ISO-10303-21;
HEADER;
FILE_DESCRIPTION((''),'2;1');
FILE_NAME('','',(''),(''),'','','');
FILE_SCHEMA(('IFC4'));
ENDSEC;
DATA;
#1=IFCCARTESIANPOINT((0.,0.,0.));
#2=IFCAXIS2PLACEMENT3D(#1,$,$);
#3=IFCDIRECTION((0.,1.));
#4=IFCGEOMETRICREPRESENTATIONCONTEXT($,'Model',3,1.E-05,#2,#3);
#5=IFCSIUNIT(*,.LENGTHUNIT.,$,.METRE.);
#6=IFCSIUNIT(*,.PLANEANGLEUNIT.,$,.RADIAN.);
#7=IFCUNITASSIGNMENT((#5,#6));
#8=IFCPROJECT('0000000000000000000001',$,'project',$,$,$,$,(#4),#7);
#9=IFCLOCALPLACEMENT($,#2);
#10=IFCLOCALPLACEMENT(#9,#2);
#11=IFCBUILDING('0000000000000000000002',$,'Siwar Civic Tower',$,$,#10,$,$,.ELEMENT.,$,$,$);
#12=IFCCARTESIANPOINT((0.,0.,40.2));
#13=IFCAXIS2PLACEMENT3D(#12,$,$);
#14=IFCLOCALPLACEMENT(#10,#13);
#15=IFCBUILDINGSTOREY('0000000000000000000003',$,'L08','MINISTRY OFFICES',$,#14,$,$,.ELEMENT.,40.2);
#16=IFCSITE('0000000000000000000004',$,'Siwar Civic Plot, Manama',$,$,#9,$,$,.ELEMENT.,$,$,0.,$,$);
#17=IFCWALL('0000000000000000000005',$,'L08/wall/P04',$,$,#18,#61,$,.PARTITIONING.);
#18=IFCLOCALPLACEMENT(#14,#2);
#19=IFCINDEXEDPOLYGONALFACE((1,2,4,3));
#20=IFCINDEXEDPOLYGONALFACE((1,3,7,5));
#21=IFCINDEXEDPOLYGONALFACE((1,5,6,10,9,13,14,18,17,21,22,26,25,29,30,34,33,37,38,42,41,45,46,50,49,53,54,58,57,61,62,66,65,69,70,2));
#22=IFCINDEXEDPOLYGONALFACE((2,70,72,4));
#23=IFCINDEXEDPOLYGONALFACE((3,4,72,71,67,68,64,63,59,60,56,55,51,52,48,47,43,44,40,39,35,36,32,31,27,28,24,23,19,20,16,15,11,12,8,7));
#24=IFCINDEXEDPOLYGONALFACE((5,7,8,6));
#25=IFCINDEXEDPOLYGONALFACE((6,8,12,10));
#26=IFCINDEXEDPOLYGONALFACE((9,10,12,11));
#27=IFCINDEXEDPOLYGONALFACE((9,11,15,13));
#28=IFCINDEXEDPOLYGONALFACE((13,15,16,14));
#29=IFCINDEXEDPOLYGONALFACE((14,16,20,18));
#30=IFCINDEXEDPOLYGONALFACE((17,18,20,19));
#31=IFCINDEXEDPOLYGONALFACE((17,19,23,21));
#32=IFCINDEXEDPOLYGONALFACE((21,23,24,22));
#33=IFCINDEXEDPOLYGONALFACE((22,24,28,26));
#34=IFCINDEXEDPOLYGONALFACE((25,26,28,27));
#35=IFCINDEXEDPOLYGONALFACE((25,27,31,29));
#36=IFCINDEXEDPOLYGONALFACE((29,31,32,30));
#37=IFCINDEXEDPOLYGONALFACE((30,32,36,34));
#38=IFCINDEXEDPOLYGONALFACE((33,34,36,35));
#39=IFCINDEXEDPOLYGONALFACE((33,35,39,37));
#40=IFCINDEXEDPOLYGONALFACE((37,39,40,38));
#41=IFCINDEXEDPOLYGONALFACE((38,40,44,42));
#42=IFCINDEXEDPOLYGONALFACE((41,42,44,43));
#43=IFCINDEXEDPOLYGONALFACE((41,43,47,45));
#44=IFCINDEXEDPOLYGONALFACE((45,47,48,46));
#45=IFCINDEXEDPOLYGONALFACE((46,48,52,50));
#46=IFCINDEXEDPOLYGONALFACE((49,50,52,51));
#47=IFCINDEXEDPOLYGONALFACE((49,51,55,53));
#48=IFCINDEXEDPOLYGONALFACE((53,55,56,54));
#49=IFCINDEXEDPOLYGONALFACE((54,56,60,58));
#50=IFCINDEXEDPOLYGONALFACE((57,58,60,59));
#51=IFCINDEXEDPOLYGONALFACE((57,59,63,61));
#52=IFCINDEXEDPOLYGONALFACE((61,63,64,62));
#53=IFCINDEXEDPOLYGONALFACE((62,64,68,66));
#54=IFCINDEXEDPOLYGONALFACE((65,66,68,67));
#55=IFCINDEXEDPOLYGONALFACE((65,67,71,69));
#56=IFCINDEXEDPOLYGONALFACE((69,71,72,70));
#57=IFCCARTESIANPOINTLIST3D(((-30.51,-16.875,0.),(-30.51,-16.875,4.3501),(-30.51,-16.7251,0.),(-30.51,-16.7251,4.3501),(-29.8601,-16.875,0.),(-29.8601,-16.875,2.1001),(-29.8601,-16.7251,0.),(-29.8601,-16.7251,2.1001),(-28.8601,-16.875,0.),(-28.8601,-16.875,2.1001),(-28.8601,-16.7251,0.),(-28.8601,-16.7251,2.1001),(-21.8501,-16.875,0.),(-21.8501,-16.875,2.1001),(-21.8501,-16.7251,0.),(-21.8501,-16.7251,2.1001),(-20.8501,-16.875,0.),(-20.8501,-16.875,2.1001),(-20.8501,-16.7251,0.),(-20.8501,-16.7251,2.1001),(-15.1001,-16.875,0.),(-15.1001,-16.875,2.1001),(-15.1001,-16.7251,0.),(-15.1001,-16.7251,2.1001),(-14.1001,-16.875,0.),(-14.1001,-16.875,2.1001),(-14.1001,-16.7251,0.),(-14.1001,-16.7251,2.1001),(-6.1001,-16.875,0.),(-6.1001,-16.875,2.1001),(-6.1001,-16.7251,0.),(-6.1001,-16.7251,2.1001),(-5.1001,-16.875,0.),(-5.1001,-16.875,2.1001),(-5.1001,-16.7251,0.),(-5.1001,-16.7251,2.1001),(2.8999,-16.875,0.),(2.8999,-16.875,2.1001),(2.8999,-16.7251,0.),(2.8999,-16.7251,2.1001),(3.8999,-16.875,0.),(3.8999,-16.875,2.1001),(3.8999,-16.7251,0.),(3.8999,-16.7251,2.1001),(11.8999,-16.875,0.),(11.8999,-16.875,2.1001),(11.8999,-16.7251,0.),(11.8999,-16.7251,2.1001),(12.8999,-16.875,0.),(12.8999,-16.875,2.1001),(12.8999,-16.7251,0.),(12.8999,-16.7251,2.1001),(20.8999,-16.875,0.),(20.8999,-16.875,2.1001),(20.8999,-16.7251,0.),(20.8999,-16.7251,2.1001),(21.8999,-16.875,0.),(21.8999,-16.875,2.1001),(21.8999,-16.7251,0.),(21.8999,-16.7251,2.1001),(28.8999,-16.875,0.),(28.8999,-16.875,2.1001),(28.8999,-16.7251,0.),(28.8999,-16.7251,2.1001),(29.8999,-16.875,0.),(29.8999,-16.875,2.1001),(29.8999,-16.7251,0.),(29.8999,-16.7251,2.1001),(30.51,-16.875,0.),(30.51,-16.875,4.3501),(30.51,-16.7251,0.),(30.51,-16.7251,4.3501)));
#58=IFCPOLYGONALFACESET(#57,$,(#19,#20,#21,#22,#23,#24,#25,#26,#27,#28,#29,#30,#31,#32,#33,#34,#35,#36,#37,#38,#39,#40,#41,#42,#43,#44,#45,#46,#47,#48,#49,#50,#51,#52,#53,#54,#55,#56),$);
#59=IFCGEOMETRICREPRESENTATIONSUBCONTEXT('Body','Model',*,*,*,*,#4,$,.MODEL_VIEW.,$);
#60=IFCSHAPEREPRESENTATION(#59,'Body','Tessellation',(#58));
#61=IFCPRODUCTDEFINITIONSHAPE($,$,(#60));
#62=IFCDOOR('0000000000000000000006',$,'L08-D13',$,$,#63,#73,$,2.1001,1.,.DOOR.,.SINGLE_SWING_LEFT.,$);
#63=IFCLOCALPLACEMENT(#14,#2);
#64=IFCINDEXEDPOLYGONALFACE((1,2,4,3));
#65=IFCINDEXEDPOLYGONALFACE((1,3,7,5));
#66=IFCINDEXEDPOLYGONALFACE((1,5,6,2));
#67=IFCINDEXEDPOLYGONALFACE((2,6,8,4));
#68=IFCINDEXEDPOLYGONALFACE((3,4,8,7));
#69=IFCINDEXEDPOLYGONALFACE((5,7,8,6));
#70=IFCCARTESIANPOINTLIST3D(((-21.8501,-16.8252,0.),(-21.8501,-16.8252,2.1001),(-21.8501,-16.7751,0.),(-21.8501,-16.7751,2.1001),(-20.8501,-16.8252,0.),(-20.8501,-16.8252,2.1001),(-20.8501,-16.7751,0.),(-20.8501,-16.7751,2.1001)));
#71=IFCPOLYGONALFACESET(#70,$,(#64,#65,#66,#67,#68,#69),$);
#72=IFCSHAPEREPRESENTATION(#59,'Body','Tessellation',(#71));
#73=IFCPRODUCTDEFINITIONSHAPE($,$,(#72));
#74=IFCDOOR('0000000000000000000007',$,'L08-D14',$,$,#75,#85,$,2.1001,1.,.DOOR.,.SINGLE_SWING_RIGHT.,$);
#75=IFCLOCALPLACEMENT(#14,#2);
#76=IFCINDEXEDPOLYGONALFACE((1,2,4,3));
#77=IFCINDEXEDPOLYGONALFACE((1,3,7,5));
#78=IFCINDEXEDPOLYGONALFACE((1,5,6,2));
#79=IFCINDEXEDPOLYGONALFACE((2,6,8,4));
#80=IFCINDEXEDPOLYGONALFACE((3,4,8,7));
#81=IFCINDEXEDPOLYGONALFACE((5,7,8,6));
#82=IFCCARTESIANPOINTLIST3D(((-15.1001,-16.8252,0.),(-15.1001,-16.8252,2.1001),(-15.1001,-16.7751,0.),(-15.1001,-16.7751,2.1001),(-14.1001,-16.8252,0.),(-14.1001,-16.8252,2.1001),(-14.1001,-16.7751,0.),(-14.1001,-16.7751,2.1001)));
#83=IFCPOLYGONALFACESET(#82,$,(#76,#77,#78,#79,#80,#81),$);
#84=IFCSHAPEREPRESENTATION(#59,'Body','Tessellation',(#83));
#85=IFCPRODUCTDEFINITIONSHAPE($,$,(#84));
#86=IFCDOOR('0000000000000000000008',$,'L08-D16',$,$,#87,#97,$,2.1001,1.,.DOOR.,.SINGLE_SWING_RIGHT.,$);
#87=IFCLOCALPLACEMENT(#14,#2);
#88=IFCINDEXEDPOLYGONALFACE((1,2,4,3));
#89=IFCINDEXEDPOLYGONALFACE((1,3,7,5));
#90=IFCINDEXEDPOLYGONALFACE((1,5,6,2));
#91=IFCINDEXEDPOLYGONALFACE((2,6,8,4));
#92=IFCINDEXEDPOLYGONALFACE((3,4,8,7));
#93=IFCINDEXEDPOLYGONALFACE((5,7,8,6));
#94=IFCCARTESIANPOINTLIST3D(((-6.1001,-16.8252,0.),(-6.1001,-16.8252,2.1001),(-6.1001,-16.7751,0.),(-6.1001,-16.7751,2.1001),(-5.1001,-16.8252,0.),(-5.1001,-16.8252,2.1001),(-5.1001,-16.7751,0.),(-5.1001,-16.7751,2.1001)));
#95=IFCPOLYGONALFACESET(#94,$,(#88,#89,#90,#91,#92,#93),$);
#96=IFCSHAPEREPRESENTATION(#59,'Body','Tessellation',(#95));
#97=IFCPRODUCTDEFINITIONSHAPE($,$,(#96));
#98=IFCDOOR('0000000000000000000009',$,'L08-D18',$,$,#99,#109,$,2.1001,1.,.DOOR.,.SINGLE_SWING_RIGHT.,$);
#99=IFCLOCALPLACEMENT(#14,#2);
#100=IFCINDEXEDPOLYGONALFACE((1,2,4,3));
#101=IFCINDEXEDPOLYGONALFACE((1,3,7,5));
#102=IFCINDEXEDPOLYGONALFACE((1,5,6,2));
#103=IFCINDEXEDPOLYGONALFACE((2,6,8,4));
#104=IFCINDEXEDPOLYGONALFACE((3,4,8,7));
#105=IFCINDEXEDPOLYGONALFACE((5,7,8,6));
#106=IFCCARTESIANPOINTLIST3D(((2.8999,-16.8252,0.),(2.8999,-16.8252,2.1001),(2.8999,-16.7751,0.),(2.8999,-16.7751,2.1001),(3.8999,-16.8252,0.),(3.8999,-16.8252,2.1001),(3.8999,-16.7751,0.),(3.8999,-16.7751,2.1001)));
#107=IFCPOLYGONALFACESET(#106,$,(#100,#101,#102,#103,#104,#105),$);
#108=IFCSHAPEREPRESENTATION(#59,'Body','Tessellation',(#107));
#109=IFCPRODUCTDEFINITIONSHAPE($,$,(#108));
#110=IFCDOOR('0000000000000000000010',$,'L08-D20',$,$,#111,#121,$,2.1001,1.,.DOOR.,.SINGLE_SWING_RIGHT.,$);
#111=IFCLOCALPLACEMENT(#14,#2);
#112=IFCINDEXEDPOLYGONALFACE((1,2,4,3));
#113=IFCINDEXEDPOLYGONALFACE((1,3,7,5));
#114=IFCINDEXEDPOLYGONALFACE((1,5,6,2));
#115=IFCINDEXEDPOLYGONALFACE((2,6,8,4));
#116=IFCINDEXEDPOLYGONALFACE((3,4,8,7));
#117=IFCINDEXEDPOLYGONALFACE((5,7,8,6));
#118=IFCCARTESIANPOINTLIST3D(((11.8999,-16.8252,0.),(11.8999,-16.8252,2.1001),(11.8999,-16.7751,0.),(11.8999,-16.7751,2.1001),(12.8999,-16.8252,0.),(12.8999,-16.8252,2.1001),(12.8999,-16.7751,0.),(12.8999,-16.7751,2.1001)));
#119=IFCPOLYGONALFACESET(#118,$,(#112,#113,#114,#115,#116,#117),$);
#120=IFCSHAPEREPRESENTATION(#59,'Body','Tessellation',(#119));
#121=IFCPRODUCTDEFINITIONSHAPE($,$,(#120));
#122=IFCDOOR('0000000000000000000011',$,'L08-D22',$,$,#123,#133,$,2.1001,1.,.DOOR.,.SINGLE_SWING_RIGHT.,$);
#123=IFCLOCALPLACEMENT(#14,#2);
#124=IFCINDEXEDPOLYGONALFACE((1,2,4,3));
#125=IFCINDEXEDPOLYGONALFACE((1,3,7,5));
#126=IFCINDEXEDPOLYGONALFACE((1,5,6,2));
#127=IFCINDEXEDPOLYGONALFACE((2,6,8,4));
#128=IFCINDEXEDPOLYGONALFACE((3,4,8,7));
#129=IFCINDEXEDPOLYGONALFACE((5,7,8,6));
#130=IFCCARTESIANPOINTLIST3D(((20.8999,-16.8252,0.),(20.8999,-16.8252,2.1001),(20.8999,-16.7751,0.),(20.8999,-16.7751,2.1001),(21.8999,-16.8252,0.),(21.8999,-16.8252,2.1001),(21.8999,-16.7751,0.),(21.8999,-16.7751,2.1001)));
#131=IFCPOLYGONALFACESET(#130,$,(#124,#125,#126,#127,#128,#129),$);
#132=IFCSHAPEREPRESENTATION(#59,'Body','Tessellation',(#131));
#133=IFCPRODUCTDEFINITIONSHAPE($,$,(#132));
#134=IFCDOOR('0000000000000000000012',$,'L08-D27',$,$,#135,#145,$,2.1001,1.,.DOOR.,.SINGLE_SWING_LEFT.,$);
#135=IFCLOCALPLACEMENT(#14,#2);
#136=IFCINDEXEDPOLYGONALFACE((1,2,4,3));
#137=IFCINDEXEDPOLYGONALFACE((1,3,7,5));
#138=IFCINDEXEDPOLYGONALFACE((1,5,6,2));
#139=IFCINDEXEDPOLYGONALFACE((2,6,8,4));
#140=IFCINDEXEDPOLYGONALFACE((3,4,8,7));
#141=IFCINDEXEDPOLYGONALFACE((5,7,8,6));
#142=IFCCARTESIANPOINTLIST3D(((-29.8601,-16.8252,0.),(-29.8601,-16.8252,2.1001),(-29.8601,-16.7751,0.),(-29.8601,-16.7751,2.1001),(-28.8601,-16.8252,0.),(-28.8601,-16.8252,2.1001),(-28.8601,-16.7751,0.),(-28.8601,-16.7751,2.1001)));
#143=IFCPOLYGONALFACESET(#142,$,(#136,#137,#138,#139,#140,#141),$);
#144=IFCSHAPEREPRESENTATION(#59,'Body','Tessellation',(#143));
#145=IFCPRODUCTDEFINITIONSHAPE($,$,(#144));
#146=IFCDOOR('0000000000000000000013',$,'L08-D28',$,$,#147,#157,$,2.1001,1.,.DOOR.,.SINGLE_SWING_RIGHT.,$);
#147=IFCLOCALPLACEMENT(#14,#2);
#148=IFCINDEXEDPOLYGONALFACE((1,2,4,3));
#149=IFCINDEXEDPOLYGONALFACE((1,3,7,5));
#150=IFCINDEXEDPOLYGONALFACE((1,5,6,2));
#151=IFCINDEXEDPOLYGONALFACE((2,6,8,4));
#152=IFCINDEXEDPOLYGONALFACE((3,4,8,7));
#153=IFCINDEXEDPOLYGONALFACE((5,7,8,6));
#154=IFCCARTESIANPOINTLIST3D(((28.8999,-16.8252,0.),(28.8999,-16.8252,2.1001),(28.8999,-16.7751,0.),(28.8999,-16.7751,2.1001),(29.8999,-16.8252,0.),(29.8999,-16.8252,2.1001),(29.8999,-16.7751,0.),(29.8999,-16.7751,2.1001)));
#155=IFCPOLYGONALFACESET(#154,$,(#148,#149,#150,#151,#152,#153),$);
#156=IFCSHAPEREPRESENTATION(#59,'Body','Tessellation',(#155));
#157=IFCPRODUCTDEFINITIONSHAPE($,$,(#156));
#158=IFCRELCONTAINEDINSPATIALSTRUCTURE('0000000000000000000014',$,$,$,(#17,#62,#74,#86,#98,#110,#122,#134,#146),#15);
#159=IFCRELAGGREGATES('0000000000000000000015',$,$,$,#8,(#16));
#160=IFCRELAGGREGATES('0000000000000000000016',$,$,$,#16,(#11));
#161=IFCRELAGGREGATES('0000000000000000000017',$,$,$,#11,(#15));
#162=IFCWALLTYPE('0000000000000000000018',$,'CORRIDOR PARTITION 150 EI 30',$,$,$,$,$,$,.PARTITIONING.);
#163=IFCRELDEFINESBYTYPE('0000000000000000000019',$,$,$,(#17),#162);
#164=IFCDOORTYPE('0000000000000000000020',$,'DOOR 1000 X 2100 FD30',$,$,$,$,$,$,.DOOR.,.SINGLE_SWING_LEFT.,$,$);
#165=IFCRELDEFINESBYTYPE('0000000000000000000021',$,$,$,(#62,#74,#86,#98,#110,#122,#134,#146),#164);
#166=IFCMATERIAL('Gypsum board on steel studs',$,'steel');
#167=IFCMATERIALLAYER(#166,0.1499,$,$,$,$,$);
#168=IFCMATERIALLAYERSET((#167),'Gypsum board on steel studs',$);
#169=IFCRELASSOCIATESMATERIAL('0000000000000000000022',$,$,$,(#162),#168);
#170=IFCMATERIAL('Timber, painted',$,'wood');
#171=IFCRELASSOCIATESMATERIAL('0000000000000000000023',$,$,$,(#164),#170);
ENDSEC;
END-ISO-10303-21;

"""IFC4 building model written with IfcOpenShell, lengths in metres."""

from ifc_helpers import new_model, si_unit, direction, frame, frame_2d, origin, place, context, subcontext, project, spatial, rectangle, extrude, material, layer, layer_set, type_object, element, fill, save


model = new_model("IFC4")

# Units and contexts
model_context = context("Model", 3, precision=1e-05, world=origin(), true_north=direction((0.0, 1.0)))
body_context = subcontext(model_context, "Body", "Model", "MODEL_VIEW")
ifc_project = project(units=[si_unit("LENGTHUNIT", "METRE"), si_unit("PLANEANGLEUNIT", "RADIAN")], contexts=[model_context])

# Site, building, storey
site_placement = place(None, origin())
site = spatial("IfcSite", under=ifc_project, at=site_placement, Name="Siwar Civic Plot, Manama", CompositionType="ELEMENT", RefElevation=0.0)
building_placement = place(site_placement, origin())
building = spatial("IfcBuilding", under=site, at=building_placement, Name="Siwar Civic Tower", CompositionType="ELEMENT")
storey_placement = place(building_placement, frame((0.0, 0.0, 40.2)))
storey = spatial("IfcBuildingStorey", under=building, at=storey_placement, Name="L08", Description="MINISTRY OFFICES", CompositionType="ELEMENT", Elevation=40.2)

# Wall, openings, doors
ifc_material_1 = material(Name="Gypsum board on steel studs", Category="steel")
ifc_layer_1 = layer(ifc_material_1, 0.1499)
ifc_layer_set_1 = layer_set([ifc_layer_1], Name="Gypsum board on steel studs")
wall_type_1 = type_object("IfcWallType", Name="CORRIDOR PARTITION 150 EI 30", PredefinedType="PARTITIONING", material=ifc_layer_set_1)
wall_1_placement = place(storey_placement, frame((-30.51, -16.8, 0.0), z_axis=(0.0, 0.0, 1.0), x_axis=(1.0, 0.0, 0.0)))
wall_1 = element("IfcWall", 1, at=wall_1_placement, inside=storey, type_object=wall_type_1, Name="L08/wall/P04", PredefinedType="PARTITIONING", context=body_context, shape_type="SweptSolid", body=[
    extrude(rectangle(XDim=61.02, YDim=0.1499, at=frame_2d((30.51, 0.0))), origin(), (0.0, 0.0, 1.0), 4.3501),
])
opening_1_placement = place(wall_1_placement, frame((8.6599, 0.0, 0.0)))
opening_1 = element("IfcOpeningElement", 2, at=opening_1_placement, cuts=wall_1, PredefinedType="OPENING", context=body_context, shape_type="SweptSolid", body=[
    extrude(rectangle(XDim=1.0, YDim=2.1001, at=frame_2d((0.5, 1.05))), frame((0.0, 0.085, 0.0), z_axis=(0.0, -1.0, 0.0), x_axis=(1.0, 0.0, 0.0)), (0.0, 0.0, 1.0), 0.1699),
])
opening_2_placement = place(wall_1_placement, frame((15.4099, 0.0, 0.0)))
opening_2 = element("IfcOpeningElement", 3, at=opening_2_placement, cuts=wall_1, PredefinedType="OPENING", context=body_context, shape_type="SweptSolid", body=[
    extrude(rectangle(XDim=1.0, YDim=2.1001, at=frame_2d((0.5, 1.05))), frame((0.0, 0.085, 0.0), z_axis=(0.0, -1.0, 0.0), x_axis=(1.0, 0.0, 0.0)), (0.0, 0.0, 1.0), 0.1699),
])
opening_3_placement = place(wall_1_placement, frame((24.4099, 0.0, 0.0)))
opening_3 = element("IfcOpeningElement", 4, at=opening_3_placement, cuts=wall_1, PredefinedType="OPENING", context=body_context, shape_type="SweptSolid", body=[
    extrude(rectangle(XDim=1.0, YDim=2.1001, at=frame_2d((0.5, 1.05))), frame((0.0, 0.085, 0.0), z_axis=(0.0, -1.0, 0.0), x_axis=(1.0, 0.0, 0.0)), (0.0, 0.0, 1.0), 0.1699),
])
opening_4_placement = place(wall_1_placement, frame((33.4099, 0.0, 0.0)))
opening_4 = element("IfcOpeningElement", 5, at=opening_4_placement, cuts=wall_1, PredefinedType="OPENING", context=body_context, shape_type="SweptSolid", body=[
    extrude(rectangle(XDim=1.0, YDim=2.1001, at=frame_2d((0.5, 1.05))), frame((0.0, 0.085, 0.0), z_axis=(0.0, -1.0, 0.0), x_axis=(1.0, 0.0, 0.0)), (0.0, 0.0, 1.0), 0.1699),
])
opening_5_placement = place(wall_1_placement, frame((42.4099, 0.0, 0.0)))
opening_5 = element("IfcOpeningElement", 6, at=opening_5_placement, cuts=wall_1, PredefinedType="OPENING", context=body_context, shape_type="SweptSolid", body=[
    extrude(rectangle(XDim=1.0, YDim=2.1001, at=frame_2d((0.5, 1.05))), frame((0.0, 0.085, 0.0), z_axis=(0.0, -1.0, 0.0), x_axis=(1.0, 0.0, 0.0)), (0.0, 0.0, 1.0), 0.1699),
])
opening_6_placement = place(wall_1_placement, frame((51.4099, 0.0, 0.0)))
opening_6 = element("IfcOpeningElement", 7, at=opening_6_placement, cuts=wall_1, PredefinedType="OPENING", context=body_context, shape_type="SweptSolid", body=[
    extrude(rectangle(XDim=1.0, YDim=2.1001, at=frame_2d((0.5, 1.05))), frame((0.0, 0.085, 0.0), z_axis=(0.0, -1.0, 0.0), x_axis=(1.0, 0.0, 0.0)), (0.0, 0.0, 1.0), 0.1699),
])
opening_7_placement = place(wall_1_placement, frame((0.6499, 0.0, 0.0)))
opening_7 = element("IfcOpeningElement", 8, at=opening_7_placement, cuts=wall_1, PredefinedType="OPENING", context=body_context, shape_type="SweptSolid", body=[
    extrude(rectangle(XDim=1.0, YDim=2.1001, at=frame_2d((0.5, 1.05))), frame((0.0, 0.085, 0.0), z_axis=(0.0, -1.0, 0.0), x_axis=(1.0, 0.0, 0.0)), (0.0, 0.0, 1.0), 0.1699),
])
opening_8_placement = place(wall_1_placement, frame((59.4099, 0.0, 0.0)))
opening_8 = element("IfcOpeningElement", 9, at=opening_8_placement, cuts=wall_1, PredefinedType="OPENING", context=body_context, shape_type="SweptSolid", body=[
    extrude(rectangle(XDim=1.0, YDim=2.1001, at=frame_2d((0.5, 1.05))), frame((0.0, 0.085, 0.0), z_axis=(0.0, -1.0, 0.0), x_axis=(1.0, 0.0, 0.0)), (0.0, 0.0, 1.0), 0.1699),
])
ifc_material_2 = material(Name="Timber, painted", Category="wood")
door_type_1 = type_object("IfcDoorType", Name="DOOR 1000 X 2100 FD30", OperationType="SINGLE_SWING_LEFT", PredefinedType="DOOR", material=ifc_material_2)
door_1_placement = place(opening_1_placement, origin())
door_1 = element("IfcDoor", 10, at=door_1_placement, inside=storey, type_object=door_type_1, Name="L08-D13", OperationType="SINGLE_SWING_LEFT", OverallHeight=2.1001, OverallWidth=1.0, PredefinedType="DOOR", context=body_context, shape_type="SweptSolid", body=[
    extrude(rectangle(XDim=1.0, YDim=2.1001, at=frame_2d((0.5, 1.05))), frame((0.0, 0.0249, 0.0), z_axis=(0.0, -1.0, 0.0), x_axis=(1.0, 0.0, 0.0)), (0.0, 0.0, 1.0), 0.05),
])
fill(opening_1, door_1)
door_2_placement = place(opening_2_placement, origin())
door_2 = element("IfcDoor", 11, at=door_2_placement, inside=storey, type_object=door_type_1, Name="L08-D14", OperationType="SINGLE_SWING_RIGHT", OverallHeight=2.1001, OverallWidth=1.0, PredefinedType="DOOR", context=body_context, shape_type="SweptSolid", body=[
    extrude(rectangle(XDim=1.0, YDim=2.1001, at=frame_2d((0.5, 1.05))), frame((0.0, 0.0249, 0.0), z_axis=(0.0, -1.0, 0.0), x_axis=(1.0, 0.0, 0.0)), (0.0, 0.0, 1.0), 0.05),
])
fill(opening_2, door_2)
door_3_placement = place(opening_3_placement, origin())
door_3 = element("IfcDoor", 12, at=door_3_placement, inside=storey, type_object=door_type_1, Name="L08-D16", OperationType="SINGLE_SWING_RIGHT", OverallHeight=2.1001, OverallWidth=1.0, PredefinedType="DOOR", context=body_context, shape_type="SweptSolid", body=[
    extrude(rectangle(XDim=1.0, YDim=2.1001, at=frame_2d((0.5, 1.05))), frame((0.0, 0.0249, 0.0), z_axis=(0.0, -1.0, 0.0), x_axis=(1.0, 0.0, 0.0)), (0.0, 0.0, 1.0), 0.05),
])
fill(opening_3, door_3)
door_4_placement = place(opening_4_placement, origin())
door_4 = element("IfcDoor", 13, at=door_4_placement, inside=storey, type_object=door_type_1, Name="L08-D18", OperationType="SINGLE_SWING_RIGHT", OverallHeight=2.1001, OverallWidth=1.0, PredefinedType="DOOR", context=body_context, shape_type="SweptSolid", body=[
    extrude(rectangle(XDim=1.0, YDim=2.1001, at=frame_2d((0.5, 1.05))), frame((0.0, 0.0249, 0.0), z_axis=(0.0, -1.0, 0.0), x_axis=(1.0, 0.0, 0.0)), (0.0, 0.0, 1.0), 0.05),
])
fill(opening_4, door_4)
door_5_placement = place(opening_5_placement, origin())
door_5 = element("IfcDoor", 14, at=door_5_placement, inside=storey, type_object=door_type_1, Name="L08-D20", OperationType="SINGLE_SWING_RIGHT", OverallHeight=2.1001, OverallWidth=1.0, PredefinedType="DOOR", context=body_context, shape_type="SweptSolid", body=[
    extrude(rectangle(XDim=1.0, YDim=2.1001, at=frame_2d((0.5, 1.05))), frame((0.0, 0.0249, 0.0), z_axis=(0.0, -1.0, 0.0), x_axis=(1.0, 0.0, 0.0)), (0.0, 0.0, 1.0), 0.05),
])
fill(opening_5, door_5)
door_6_placement = place(opening_6_placement, origin())
door_6 = element("IfcDoor", 15, at=door_6_placement, inside=storey, type_object=door_type_1, Name="L08-D22", OperationType="SINGLE_SWING_RIGHT", OverallHeight=2.1001, OverallWidth=1.0, PredefinedType="DOOR", context=body_context, shape_type="SweptSolid", body=[
    extrude(rectangle(XDim=1.0, YDim=2.1001, at=frame_2d((0.5, 1.05))), frame((0.0, 0.0249, 0.0), z_axis=(0.0, -1.0, 0.0), x_axis=(1.0, 0.0, 0.0)), (0.0, 0.0, 1.0), 0.05),
])
fill(opening_6, door_6)
door_7_placement = place(opening_7_placement, origin())
door_7 = element("IfcDoor", 16, at=door_7_placement, inside=storey, type_object=door_type_1, Name="L08-D27", OperationType="SINGLE_SWING_LEFT", OverallHeight=2.1001, OverallWidth=1.0, PredefinedType="DOOR", context=body_context, shape_type="SweptSolid", body=[
    extrude(rectangle(XDim=1.0, YDim=2.1001, at=frame_2d((0.5, 1.05))), frame((0.0, 0.0249, 0.0), z_axis=(0.0, -1.0, 0.0), x_axis=(1.0, 0.0, 0.0)), (0.0, 0.0, 1.0), 0.05),
])
fill(opening_7, door_7)
door_8_placement = place(opening_8_placement, origin())
door_8 = element("IfcDoor", 17, at=door_8_placement, inside=storey, type_object=door_type_1, Name="L08-D28", OperationType="SINGLE_SWING_RIGHT", OverallHeight=2.1001, OverallWidth=1.0, PredefinedType="DOOR", context=body_context, shape_type="SweptSolid", body=[
    extrude(rectangle(XDim=1.0, YDim=2.1001, at=frame_2d((0.5, 1.05))), frame((0.0, 0.0249, 0.0), z_axis=(0.0, -1.0, 0.0), x_axis=(1.0, 0.0, 0.0)), (0.0, 0.0, 1.0), 0.05),
])
fill(opening_8, door_8)

save(model, "model.ifc")
